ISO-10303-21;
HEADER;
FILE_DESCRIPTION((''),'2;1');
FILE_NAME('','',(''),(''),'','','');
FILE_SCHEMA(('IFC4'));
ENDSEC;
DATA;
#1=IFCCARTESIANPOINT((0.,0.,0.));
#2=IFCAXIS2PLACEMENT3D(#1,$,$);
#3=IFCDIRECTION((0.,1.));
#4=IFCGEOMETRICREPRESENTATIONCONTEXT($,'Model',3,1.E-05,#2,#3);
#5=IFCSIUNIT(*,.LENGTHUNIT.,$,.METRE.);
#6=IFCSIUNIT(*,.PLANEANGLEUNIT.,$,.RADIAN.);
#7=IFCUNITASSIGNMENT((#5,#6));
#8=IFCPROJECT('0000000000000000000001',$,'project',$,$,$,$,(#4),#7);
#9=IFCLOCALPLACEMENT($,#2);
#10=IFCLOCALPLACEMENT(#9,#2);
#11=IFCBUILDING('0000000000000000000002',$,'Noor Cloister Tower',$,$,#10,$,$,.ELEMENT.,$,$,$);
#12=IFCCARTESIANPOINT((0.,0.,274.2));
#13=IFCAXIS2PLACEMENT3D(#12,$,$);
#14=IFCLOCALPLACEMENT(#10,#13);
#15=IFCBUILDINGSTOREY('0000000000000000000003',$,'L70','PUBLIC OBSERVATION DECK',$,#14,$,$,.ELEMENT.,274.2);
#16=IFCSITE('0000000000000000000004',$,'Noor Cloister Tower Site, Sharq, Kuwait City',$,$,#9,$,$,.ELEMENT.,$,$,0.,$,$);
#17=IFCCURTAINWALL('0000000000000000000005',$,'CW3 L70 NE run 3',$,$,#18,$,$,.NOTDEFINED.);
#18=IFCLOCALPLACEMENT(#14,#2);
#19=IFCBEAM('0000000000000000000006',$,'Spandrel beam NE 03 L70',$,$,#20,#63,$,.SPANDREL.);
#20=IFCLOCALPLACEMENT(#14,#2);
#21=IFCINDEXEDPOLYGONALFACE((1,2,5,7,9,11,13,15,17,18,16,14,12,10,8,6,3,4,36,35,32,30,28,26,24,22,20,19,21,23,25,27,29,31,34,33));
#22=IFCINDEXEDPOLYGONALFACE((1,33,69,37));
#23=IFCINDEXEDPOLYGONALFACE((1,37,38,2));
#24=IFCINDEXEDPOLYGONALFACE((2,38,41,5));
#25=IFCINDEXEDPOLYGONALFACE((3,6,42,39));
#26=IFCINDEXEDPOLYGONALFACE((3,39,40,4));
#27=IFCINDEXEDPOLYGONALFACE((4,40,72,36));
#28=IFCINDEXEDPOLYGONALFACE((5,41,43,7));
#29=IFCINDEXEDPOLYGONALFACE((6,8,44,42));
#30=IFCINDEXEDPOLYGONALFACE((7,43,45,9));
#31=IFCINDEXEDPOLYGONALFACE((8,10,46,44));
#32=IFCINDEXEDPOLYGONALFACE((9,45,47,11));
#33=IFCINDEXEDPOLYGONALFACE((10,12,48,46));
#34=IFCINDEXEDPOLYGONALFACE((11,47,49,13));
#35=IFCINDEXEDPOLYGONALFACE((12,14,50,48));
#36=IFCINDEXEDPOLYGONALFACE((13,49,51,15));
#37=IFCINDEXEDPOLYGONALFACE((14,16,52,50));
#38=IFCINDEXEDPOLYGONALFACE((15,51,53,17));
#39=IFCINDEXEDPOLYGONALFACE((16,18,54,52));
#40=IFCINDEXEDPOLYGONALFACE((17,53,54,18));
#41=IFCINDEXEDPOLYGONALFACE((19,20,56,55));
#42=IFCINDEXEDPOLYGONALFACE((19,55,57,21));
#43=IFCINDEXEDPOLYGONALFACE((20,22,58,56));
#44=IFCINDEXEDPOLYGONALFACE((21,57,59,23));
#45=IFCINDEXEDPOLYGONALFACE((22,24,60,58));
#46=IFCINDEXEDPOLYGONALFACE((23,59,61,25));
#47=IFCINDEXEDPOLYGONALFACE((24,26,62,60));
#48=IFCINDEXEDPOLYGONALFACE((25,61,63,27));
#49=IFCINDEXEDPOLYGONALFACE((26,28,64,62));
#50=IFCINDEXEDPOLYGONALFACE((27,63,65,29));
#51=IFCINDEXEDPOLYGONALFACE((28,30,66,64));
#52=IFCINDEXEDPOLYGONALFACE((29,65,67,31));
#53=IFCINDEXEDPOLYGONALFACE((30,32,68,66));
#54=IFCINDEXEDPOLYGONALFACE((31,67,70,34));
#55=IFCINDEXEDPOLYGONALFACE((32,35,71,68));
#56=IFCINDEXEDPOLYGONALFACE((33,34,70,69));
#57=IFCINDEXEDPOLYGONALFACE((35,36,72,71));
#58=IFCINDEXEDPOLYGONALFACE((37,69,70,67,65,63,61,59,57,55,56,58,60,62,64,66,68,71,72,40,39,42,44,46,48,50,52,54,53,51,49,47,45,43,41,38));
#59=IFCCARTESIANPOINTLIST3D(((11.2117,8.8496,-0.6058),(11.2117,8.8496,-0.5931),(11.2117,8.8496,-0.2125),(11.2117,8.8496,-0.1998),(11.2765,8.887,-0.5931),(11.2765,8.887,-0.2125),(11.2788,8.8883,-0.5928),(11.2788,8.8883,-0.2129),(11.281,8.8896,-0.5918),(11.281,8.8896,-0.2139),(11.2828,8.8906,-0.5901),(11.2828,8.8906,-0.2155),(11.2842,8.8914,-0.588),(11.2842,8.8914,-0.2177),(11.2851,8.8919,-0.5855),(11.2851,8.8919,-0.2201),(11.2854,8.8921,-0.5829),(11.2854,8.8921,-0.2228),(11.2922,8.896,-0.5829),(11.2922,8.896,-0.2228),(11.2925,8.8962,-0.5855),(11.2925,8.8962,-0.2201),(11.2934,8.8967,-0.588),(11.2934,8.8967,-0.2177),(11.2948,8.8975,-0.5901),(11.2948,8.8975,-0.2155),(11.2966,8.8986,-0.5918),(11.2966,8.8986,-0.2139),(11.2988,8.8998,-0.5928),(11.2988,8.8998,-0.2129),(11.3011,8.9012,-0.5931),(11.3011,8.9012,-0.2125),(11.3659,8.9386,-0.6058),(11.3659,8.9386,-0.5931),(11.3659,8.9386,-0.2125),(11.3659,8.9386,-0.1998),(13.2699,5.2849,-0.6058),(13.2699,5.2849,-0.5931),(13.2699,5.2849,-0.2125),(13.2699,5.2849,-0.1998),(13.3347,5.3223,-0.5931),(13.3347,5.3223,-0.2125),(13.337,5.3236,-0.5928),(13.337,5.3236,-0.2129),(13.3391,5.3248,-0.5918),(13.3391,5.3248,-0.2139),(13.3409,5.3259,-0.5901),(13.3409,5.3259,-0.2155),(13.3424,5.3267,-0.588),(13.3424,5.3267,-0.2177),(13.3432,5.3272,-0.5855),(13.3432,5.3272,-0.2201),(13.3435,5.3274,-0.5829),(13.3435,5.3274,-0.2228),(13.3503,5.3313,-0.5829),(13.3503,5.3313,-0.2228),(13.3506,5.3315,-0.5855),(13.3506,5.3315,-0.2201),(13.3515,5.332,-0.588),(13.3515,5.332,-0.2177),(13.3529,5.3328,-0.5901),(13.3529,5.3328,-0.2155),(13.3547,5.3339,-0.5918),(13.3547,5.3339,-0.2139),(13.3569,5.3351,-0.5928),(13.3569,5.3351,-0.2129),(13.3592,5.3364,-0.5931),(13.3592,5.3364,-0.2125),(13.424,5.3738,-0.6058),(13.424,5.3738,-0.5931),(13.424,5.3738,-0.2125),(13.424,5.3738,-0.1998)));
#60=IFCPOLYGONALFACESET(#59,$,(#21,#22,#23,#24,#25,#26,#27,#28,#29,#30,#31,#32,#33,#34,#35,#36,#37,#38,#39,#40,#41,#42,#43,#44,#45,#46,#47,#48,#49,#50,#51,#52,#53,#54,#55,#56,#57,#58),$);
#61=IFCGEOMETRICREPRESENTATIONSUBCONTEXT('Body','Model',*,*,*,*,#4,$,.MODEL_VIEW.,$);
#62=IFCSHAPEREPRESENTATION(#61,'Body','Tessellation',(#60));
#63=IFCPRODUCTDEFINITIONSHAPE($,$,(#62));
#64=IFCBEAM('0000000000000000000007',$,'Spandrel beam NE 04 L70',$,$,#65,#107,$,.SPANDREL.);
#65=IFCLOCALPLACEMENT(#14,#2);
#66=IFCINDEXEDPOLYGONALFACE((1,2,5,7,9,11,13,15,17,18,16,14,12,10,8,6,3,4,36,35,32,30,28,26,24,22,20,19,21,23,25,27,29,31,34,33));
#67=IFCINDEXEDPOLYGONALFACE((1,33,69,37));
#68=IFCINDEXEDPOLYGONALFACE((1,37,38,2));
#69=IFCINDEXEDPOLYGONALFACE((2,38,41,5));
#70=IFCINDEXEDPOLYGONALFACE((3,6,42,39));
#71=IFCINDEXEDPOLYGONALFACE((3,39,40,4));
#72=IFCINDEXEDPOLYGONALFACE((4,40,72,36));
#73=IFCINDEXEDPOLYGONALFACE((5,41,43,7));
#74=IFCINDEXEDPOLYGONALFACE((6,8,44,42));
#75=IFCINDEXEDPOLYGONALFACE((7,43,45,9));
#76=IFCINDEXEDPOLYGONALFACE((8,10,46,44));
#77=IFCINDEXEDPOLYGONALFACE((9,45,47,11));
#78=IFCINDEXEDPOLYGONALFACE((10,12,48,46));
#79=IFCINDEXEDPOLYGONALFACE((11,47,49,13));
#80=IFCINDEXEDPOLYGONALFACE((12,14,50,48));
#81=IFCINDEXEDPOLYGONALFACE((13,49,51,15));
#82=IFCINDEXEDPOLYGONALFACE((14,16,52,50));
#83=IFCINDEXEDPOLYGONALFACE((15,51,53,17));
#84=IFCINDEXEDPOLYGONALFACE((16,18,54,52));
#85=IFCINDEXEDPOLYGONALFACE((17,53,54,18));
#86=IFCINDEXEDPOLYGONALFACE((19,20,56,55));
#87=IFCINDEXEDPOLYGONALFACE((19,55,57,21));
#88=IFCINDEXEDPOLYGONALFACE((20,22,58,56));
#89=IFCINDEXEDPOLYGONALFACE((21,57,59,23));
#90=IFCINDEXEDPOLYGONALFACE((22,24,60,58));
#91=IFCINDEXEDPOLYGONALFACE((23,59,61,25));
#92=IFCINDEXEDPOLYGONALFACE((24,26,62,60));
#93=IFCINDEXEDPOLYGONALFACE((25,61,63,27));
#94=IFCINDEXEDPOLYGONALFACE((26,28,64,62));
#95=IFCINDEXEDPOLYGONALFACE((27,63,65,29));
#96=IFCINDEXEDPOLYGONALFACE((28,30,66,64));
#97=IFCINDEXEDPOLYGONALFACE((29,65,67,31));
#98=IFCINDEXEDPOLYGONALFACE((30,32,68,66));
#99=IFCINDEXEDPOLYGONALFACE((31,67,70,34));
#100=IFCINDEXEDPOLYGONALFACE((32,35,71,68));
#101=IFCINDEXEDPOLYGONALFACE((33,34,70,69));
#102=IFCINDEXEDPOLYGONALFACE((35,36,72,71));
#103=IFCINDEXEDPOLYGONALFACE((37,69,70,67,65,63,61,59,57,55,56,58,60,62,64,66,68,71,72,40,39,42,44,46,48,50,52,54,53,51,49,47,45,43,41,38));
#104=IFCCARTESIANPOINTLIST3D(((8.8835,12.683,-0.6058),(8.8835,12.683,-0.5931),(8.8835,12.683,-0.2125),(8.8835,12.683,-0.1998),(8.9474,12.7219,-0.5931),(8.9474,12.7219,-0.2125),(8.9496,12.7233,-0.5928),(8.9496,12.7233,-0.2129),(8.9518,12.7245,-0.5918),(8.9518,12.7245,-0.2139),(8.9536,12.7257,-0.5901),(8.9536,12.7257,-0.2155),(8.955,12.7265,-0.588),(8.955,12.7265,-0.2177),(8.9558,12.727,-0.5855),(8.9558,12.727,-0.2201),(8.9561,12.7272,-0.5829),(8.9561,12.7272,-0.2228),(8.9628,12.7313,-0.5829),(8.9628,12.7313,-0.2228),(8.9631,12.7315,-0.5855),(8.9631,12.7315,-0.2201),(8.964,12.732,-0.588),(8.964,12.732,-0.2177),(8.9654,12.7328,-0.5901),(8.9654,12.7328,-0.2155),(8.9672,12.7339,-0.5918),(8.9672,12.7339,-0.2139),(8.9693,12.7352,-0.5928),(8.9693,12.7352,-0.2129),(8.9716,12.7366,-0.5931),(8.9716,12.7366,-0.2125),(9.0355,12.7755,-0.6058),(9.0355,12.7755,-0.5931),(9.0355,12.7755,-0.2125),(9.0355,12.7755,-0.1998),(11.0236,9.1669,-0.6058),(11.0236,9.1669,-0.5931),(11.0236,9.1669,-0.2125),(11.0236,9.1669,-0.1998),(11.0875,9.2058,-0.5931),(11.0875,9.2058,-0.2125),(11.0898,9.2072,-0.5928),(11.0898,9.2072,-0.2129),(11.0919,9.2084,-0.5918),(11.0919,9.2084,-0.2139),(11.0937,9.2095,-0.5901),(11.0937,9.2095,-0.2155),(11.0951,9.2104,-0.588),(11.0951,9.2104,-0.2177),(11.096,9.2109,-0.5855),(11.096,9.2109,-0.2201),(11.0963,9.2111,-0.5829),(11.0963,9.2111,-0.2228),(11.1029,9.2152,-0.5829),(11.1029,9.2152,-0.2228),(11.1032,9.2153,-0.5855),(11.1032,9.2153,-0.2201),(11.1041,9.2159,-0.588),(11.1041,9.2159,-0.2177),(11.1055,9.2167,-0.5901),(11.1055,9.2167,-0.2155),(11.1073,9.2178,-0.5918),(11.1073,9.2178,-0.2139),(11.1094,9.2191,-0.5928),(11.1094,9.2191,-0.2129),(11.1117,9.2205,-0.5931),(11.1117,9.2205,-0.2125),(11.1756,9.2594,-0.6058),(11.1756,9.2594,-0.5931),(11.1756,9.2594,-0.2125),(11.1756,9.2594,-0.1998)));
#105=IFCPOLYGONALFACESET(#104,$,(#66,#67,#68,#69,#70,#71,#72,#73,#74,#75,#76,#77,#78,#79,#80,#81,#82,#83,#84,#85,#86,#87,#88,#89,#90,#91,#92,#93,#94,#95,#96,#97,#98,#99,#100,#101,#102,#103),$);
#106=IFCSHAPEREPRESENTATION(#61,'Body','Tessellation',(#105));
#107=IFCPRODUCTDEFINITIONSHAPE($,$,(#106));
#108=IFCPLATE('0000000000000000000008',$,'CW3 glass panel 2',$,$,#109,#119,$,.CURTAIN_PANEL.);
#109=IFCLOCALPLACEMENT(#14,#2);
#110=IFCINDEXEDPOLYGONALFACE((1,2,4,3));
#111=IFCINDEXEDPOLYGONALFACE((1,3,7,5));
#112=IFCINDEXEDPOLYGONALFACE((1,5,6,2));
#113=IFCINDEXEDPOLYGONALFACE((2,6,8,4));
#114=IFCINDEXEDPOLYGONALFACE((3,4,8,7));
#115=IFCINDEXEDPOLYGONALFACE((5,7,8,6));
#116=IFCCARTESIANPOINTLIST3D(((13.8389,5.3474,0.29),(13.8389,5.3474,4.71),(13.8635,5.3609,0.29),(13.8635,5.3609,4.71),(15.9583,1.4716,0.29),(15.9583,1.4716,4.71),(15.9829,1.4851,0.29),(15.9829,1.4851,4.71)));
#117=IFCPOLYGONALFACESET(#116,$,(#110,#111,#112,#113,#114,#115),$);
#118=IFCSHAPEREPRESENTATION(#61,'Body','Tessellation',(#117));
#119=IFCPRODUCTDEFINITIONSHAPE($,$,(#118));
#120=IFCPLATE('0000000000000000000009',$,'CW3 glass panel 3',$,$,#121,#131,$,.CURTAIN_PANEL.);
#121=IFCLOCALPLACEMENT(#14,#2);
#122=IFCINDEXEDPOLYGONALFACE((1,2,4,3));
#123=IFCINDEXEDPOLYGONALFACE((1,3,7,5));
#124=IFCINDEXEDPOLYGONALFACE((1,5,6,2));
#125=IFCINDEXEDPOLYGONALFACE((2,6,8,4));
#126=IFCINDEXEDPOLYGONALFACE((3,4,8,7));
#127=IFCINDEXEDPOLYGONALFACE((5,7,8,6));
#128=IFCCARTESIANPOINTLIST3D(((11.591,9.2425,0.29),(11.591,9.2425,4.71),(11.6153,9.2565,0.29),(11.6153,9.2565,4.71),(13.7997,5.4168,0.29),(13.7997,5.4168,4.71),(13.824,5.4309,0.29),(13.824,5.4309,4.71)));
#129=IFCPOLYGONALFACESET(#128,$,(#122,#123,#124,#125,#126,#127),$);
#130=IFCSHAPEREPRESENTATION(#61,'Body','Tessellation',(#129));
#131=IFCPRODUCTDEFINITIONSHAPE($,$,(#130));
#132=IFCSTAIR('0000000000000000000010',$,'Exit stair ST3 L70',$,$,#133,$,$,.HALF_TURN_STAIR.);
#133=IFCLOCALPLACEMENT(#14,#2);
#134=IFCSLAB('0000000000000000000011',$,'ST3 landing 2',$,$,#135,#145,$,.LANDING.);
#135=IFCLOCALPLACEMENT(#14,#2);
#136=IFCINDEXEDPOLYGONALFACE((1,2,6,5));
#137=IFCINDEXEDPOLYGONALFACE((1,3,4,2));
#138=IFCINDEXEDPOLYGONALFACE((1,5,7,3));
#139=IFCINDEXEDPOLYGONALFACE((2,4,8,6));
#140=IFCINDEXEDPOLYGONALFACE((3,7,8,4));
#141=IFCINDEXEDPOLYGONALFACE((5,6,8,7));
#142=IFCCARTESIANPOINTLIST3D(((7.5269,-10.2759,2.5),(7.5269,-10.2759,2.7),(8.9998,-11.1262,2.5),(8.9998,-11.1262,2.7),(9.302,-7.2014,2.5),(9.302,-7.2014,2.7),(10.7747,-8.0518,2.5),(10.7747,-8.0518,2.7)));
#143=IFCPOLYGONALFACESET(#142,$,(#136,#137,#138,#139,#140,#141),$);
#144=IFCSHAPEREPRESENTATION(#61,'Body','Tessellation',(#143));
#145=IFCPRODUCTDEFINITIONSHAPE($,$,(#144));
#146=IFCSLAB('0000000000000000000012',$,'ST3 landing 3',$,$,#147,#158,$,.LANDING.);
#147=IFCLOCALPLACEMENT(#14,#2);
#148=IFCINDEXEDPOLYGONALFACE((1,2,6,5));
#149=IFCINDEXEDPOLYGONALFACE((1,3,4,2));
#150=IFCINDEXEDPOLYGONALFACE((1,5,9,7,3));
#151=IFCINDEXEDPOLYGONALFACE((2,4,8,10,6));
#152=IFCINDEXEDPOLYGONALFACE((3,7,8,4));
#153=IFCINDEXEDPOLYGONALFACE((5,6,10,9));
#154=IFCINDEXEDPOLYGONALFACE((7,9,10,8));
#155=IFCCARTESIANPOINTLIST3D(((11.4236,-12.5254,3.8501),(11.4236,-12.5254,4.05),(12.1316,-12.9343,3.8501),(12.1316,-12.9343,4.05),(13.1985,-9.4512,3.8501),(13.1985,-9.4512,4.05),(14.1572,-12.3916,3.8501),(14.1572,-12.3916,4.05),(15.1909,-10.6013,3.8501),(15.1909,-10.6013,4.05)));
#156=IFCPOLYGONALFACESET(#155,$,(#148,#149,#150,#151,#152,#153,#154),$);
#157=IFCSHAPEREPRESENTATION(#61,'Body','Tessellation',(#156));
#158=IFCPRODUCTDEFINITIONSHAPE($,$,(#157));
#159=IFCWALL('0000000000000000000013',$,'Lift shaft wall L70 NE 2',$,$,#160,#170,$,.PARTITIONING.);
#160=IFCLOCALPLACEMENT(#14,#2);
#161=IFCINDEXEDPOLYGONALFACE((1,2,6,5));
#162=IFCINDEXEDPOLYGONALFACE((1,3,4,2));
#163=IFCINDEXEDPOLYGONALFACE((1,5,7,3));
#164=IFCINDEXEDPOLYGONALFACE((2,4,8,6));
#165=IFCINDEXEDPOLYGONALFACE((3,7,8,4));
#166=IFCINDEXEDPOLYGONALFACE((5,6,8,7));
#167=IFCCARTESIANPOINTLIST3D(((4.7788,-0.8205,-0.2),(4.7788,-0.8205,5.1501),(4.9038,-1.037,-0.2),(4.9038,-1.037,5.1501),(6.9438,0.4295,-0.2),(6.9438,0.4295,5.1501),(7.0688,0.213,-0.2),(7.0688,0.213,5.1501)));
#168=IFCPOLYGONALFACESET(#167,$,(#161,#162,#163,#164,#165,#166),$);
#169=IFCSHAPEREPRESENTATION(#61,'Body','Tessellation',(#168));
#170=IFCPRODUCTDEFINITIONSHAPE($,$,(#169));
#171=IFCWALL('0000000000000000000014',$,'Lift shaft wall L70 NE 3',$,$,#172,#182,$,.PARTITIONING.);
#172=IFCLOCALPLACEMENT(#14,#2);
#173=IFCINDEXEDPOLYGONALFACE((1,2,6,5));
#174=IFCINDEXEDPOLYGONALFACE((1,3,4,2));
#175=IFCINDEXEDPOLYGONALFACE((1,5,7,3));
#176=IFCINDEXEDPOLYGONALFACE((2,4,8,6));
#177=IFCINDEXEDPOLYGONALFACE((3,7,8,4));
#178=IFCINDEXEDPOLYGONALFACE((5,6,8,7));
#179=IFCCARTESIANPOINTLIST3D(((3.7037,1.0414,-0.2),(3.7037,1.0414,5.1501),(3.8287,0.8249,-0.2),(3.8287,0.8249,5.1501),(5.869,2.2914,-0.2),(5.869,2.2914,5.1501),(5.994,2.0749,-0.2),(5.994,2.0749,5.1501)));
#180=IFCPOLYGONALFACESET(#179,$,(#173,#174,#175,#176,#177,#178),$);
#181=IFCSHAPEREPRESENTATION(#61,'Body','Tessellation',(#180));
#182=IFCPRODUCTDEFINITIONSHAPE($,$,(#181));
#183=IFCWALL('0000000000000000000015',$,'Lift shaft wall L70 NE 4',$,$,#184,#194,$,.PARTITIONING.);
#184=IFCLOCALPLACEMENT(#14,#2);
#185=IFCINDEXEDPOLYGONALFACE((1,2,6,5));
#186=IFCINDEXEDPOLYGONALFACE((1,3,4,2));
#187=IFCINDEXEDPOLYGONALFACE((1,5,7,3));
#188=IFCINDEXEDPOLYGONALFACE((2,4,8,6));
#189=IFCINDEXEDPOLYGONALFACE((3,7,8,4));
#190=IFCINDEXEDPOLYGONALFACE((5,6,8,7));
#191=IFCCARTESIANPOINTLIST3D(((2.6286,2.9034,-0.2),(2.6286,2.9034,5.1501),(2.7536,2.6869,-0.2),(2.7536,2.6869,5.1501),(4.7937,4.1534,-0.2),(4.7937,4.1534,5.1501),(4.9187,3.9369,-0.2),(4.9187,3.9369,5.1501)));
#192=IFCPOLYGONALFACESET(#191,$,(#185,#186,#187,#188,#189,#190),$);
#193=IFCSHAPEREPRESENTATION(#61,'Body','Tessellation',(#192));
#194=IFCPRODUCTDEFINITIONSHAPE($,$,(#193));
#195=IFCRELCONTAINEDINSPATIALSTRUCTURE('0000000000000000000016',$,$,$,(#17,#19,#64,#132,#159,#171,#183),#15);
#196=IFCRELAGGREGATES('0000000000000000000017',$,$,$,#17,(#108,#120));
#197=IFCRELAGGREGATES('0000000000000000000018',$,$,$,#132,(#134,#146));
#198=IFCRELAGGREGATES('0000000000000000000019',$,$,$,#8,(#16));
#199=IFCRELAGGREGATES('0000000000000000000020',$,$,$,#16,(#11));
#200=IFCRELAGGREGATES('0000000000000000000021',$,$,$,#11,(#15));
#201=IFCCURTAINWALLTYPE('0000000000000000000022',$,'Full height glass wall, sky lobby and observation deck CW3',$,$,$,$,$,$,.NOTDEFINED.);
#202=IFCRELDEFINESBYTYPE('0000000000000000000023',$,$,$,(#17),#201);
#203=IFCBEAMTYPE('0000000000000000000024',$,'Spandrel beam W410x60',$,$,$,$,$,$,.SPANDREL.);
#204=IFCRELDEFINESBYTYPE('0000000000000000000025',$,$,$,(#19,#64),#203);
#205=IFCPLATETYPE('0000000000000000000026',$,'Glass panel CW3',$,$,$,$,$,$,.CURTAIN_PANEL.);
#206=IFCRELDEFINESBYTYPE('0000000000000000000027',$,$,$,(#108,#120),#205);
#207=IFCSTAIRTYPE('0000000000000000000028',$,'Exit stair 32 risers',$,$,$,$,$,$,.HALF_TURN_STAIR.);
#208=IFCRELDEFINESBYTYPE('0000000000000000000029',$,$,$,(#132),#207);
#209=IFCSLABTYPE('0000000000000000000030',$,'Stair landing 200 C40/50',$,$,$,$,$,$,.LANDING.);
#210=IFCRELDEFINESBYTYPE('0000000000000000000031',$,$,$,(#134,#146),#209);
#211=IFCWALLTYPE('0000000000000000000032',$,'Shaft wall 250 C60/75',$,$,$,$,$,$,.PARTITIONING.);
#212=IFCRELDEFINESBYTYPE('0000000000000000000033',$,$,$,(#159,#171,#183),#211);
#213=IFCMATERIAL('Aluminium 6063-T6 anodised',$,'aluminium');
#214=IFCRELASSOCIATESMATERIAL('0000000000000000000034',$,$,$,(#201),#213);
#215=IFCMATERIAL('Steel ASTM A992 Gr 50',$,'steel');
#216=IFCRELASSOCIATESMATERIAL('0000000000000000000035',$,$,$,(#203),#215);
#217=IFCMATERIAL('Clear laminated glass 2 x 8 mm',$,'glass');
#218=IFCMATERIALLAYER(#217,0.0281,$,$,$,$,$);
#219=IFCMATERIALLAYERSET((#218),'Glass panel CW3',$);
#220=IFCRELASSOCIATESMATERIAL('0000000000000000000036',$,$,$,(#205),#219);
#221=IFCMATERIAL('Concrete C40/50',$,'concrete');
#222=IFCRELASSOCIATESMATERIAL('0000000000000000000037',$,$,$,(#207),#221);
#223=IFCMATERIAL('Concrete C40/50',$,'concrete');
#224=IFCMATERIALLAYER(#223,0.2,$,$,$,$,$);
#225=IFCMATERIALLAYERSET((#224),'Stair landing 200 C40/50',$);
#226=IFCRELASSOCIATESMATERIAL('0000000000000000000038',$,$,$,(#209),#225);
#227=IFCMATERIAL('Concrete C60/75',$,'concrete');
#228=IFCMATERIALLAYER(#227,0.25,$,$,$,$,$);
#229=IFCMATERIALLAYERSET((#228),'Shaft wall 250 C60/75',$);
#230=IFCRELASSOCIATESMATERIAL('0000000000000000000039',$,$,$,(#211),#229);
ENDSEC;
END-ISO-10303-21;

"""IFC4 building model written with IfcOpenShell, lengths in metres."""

from ifc_helpers import new_model, si_unit, direction, frame, frame_2d, origin, origin_2d, place, context, subcontext, project, spatial, polyline, rectangle, i_section, outline, extrude, material, layer, layer_set, material_profile, profile_set, type_object, element, aggregate, save


model = new_model("IFC4")

# Units and contexts
model_context = context("Model", 3, precision=1e-05, world=origin(), true_north=direction((0.0, 1.0)))
body_context = subcontext(model_context, "Body", "Model", "MODEL_VIEW")
ifc_project = project(units=[si_unit("LENGTHUNIT", "METRE"), si_unit("PLANEANGLEUNIT", "RADIAN")], contexts=[model_context])

# Site, building, storey
site_placement = place(None, origin())
site = spatial("IfcSite", under=ifc_project, at=site_placement, Name="Noor Cloister Tower Site, Sharq, Kuwait City", CompositionType="ELEMENT", RefElevation=0.0)
building_placement = place(site_placement, origin())
building = spatial("IfcBuilding", under=site, at=building_placement, Name="Noor Cloister Tower", CompositionType="ELEMENT")
storey_placement = place(building_placement, frame((0.0, 0.0, 274.2)))
storey = spatial("IfcBuildingStorey", under=building, at=storey_placement, Name="L70", Description="PUBLIC OBSERVATION DECK", CompositionType="ELEMENT", Elevation=274.2)

# Curtain wall
ifc_material_1 = material(Name="Aluminium 6063-T6 anodised", Category="aluminium")
curtain_wall_type = type_object("IfcCurtainWallType", Name="Full height glass wall, sky lobby and observation deck CW3", PredefinedType="NOTDEFINED", material=ifc_material_1)
curtain_wall_placement = place(storey_placement, origin())
curtain_wall = element("IfcCurtainWall", 1, at=curtain_wall_placement, inside=storey, type_object=curtain_wall_type, Name="CW3 L70 NE run 3", PredefinedType="NOTDEFINED")

# Beams
ifc_material_2 = material(Name="Steel ASTM A992 Gr 50", Category="steel")
ifc_material_profile_1 = material_profile(ifc_material_2, i_section(OverallWidth=0.178, OverallDepth=0.406, WebThickness=0.0078, FlangeThickness=0.0127, FilletRadius=0.0103, at=origin_2d()), Name="W410x60")
ifc_profile_set_1 = profile_set([ifc_material_profile_1], Name="Steel ASTM A992 Gr 50")
beam_type_1 = type_object("IfcBeamType", Name="Spandrel beam W410x60", PredefinedType="SPANDREL", material=ifc_profile_set_1)
for number, where, z_axis, x_axis, name in (
    (2, (13.3469, 5.3293, -0.4028), (-0.500005, 0.866023, 0.0), (-0.866023, -0.500005, 0.0), "Spandrel beam NE 03 L70"),
    (3, (11.0996, 9.2131, -0.4028), (-0.519928, 0.85421, 0.0), (-0.85421, -0.519928, 0.0), "Spandrel beam NE 04 L70"),
):
    element("IfcBeam", number, at=place(storey_placement, frame(where, z_axis=z_axis, x_axis=x_axis)), inside=storey, type_object=beam_type_1, Name=name, PredefinedType="SPANDREL", context=body_context, shape_type="SweptSolid", body=[
        extrude(i_section(OverallWidth=0.178, OverallDepth=0.406, WebThickness=0.0078, FlangeThickness=0.0127, FilletRadius=0.0103, at=origin_2d()), origin(), (0.0, 0.0, 1.0), 4.1162),
    ])

# Plates
ifc_material_3 = material(Name="Clear laminated glass 2 x 8 mm", Category="glass")
ifc_layer_1 = layer(ifc_material_3, 0.0281)
ifc_layer_set_1 = layer_set([ifc_layer_1], Name="Glass panel CW3")
plate_type = type_object("IfcPlateType", Name="Glass panel CW3", PredefinedType="CURTAIN_PANEL", material=ifc_layer_set_1)
plate_1_placement = place(storey_placement, frame((14.9109, 3.4163, 0.29), z_axis=(0.0, 0.0, 1.0), x_axis=(-0.479782, 0.877388, 0.0)))
plate_1 = element("IfcPlate", 4, at=plate_1_placement, type_object=plate_type, Name="CW3 glass panel 2", PredefinedType="CURTAIN_PANEL", context=body_context, shape_type="SweptSolid", body=[
    extrude(rectangle(XDim=4.4175, YDim=0.0281, at=origin_2d()), origin(), (0.0, 0.0, 1.0), 4.4199),
])
plate_2_placement = place(storey_placement, frame((12.7075, 7.3367, 0.29), z_axis=(0.0, 0.0, 1.0), x_axis=(-0.5, 0.866025, 0.0)))
plate_2 = element("IfcPlate", 5, at=plate_2_placement, type_object=plate_type, Name="CW3 glass panel 3", PredefinedType="CURTAIN_PANEL", context=body_context, shape_type="SweptSolid", body=[
    extrude(rectangle(XDim=4.4175, YDim=0.0281, at=origin_2d()), origin(), (0.0, 0.0, 1.0), 4.4199),
])
aggregate(curtain_wall, [plate_1, plate_2])

# Stair, slabs
ifc_material_4 = material(Name="Concrete C40/50", Category="concrete")
stair_type = type_object("IfcStairType", Name="Exit stair 32 risers", PredefinedType="HALF_TURN_STAIR", material=ifc_material_4)
stair_placement = place(storey_placement, origin())
stair = element("IfcStair", 6, at=stair_placement, inside=storey, type_object=stair_type, Name="Exit stair ST3 L70", PredefinedType="HALF_TURN_STAIR")
ifc_material_5 = material(Name="Concrete C40/50", Category="concrete")
ifc_layer_2 = layer(ifc_material_5, 0.2)
ifc_layer_set_2 = layer_set([ifc_layer_2], Name="Stair landing 200 C40/50")
slab_type = type_object("IfcSlabType", Name="Stair landing 200 C40/50", PredefinedType="LANDING", material=ifc_layer_set_2)
slab_1_placement = place(storey_placement, frame((0.0, 0.0, 2.5)))
slab_1 = element("IfcSlab", 7, at=slab_1_placement, type_object=slab_type, Name="ST3 landing 2", PredefinedType="LANDING", context=body_context, shape_type="SweptSolid", body=[
    extrude(outline(polyline([(10.7747, -8.0518), (9.302, -7.2014), (7.5269, -10.2759), (8.9998, -11.1262), (10.7747, -8.0518)])), origin(), (0.0, 0.0, 1.0), 0.2),
])
slab_2_placement = place(storey_placement, frame((0.0, 0.0, 3.8501)))
slab_2 = element("IfcSlab", 8, at=slab_2_placement, type_object=slab_type, Name="ST3 landing 3", PredefinedType="LANDING", context=body_context, shape_type="SweptSolid", body=[
    extrude(outline(polyline([(11.4236, -12.5254), (12.1316, -12.9343), (14.1572, -12.3916), (15.1909, -10.6013), (13.1985, -9.4512), (11.4236, -12.5254)])), origin(), (0.0, 0.0, 1.0), 0.2),
])
aggregate(stair, [slab_1, slab_2])

# Walls
ifc_material_6 = material(Name="Concrete C60/75", Category="concrete")
ifc_layer_3 = layer(ifc_material_6, 0.25)
ifc_layer_set_3 = layer_set([ifc_layer_3], Name="Shaft wall 250 C60/75")
wall_type_1 = type_object("IfcWallType", Name="Shaft wall 250 C60/75", PredefinedType="PARTITIONING", material=ifc_layer_set_3)
wall_1_placement = place(storey_placement, frame((7.0063, 0.3213, -0.2), z_axis=(0.0, 0.0, 1.0), x_axis=(-0.866023, -0.500004, 0.0)))
element("IfcWall", 9, at=wall_1_placement, inside=storey, type_object=wall_type_1, Name="Lift shaft wall L70 NE 2", PredefinedType="PARTITIONING", context=body_context, shape_type="SweptSolid", body=[
    extrude(rectangle(XDim=2.5, YDim=0.25, at=frame_2d((1.25, 0.0))), origin(), (0.0, 0.0, 1.0), 5.3501),
])
wall_2_placement = place(storey_placement, frame((5.9314, 2.1831, -0.2), z_axis=(0.0, 0.0, 1.0), x_axis=(-0.866047, -0.499962, 0.0)))
element("IfcWall", 10, at=wall_2_placement, inside=storey, type_object=wall_type_1, Name="Lift shaft wall L70 NE 3", PredefinedType="PARTITIONING", context=body_context, shape_type="SweptSolid", body=[
    extrude(rectangle(XDim=2.5002, YDim=0.25, at=frame_2d((1.25, 0.0))), origin(), (0.0, 0.0, 1.0), 5.3501),
])
for number, where, z_axis, x_axis, name in (
    (11, (4.8562, 4.0452, -0.2), (0.0, 0.0, 1.0), (-0.866023, -0.500004, 0.0), "Lift shaft wall L70 NE 4"),
):
    element("IfcWall", number, at=place(storey_placement, frame(where, z_axis=z_axis, x_axis=x_axis)), inside=storey, type_object=wall_type_1, Name=name, PredefinedType="PARTITIONING", context=body_context, shape_type="SweptSolid", body=[
        extrude(rectangle(XDim=2.5, YDim=0.25, at=frame_2d((1.25, 0.0))), origin(), (0.0, 0.0, 1.0), 5.3501),
    ])

save(model, "model.ifc")
